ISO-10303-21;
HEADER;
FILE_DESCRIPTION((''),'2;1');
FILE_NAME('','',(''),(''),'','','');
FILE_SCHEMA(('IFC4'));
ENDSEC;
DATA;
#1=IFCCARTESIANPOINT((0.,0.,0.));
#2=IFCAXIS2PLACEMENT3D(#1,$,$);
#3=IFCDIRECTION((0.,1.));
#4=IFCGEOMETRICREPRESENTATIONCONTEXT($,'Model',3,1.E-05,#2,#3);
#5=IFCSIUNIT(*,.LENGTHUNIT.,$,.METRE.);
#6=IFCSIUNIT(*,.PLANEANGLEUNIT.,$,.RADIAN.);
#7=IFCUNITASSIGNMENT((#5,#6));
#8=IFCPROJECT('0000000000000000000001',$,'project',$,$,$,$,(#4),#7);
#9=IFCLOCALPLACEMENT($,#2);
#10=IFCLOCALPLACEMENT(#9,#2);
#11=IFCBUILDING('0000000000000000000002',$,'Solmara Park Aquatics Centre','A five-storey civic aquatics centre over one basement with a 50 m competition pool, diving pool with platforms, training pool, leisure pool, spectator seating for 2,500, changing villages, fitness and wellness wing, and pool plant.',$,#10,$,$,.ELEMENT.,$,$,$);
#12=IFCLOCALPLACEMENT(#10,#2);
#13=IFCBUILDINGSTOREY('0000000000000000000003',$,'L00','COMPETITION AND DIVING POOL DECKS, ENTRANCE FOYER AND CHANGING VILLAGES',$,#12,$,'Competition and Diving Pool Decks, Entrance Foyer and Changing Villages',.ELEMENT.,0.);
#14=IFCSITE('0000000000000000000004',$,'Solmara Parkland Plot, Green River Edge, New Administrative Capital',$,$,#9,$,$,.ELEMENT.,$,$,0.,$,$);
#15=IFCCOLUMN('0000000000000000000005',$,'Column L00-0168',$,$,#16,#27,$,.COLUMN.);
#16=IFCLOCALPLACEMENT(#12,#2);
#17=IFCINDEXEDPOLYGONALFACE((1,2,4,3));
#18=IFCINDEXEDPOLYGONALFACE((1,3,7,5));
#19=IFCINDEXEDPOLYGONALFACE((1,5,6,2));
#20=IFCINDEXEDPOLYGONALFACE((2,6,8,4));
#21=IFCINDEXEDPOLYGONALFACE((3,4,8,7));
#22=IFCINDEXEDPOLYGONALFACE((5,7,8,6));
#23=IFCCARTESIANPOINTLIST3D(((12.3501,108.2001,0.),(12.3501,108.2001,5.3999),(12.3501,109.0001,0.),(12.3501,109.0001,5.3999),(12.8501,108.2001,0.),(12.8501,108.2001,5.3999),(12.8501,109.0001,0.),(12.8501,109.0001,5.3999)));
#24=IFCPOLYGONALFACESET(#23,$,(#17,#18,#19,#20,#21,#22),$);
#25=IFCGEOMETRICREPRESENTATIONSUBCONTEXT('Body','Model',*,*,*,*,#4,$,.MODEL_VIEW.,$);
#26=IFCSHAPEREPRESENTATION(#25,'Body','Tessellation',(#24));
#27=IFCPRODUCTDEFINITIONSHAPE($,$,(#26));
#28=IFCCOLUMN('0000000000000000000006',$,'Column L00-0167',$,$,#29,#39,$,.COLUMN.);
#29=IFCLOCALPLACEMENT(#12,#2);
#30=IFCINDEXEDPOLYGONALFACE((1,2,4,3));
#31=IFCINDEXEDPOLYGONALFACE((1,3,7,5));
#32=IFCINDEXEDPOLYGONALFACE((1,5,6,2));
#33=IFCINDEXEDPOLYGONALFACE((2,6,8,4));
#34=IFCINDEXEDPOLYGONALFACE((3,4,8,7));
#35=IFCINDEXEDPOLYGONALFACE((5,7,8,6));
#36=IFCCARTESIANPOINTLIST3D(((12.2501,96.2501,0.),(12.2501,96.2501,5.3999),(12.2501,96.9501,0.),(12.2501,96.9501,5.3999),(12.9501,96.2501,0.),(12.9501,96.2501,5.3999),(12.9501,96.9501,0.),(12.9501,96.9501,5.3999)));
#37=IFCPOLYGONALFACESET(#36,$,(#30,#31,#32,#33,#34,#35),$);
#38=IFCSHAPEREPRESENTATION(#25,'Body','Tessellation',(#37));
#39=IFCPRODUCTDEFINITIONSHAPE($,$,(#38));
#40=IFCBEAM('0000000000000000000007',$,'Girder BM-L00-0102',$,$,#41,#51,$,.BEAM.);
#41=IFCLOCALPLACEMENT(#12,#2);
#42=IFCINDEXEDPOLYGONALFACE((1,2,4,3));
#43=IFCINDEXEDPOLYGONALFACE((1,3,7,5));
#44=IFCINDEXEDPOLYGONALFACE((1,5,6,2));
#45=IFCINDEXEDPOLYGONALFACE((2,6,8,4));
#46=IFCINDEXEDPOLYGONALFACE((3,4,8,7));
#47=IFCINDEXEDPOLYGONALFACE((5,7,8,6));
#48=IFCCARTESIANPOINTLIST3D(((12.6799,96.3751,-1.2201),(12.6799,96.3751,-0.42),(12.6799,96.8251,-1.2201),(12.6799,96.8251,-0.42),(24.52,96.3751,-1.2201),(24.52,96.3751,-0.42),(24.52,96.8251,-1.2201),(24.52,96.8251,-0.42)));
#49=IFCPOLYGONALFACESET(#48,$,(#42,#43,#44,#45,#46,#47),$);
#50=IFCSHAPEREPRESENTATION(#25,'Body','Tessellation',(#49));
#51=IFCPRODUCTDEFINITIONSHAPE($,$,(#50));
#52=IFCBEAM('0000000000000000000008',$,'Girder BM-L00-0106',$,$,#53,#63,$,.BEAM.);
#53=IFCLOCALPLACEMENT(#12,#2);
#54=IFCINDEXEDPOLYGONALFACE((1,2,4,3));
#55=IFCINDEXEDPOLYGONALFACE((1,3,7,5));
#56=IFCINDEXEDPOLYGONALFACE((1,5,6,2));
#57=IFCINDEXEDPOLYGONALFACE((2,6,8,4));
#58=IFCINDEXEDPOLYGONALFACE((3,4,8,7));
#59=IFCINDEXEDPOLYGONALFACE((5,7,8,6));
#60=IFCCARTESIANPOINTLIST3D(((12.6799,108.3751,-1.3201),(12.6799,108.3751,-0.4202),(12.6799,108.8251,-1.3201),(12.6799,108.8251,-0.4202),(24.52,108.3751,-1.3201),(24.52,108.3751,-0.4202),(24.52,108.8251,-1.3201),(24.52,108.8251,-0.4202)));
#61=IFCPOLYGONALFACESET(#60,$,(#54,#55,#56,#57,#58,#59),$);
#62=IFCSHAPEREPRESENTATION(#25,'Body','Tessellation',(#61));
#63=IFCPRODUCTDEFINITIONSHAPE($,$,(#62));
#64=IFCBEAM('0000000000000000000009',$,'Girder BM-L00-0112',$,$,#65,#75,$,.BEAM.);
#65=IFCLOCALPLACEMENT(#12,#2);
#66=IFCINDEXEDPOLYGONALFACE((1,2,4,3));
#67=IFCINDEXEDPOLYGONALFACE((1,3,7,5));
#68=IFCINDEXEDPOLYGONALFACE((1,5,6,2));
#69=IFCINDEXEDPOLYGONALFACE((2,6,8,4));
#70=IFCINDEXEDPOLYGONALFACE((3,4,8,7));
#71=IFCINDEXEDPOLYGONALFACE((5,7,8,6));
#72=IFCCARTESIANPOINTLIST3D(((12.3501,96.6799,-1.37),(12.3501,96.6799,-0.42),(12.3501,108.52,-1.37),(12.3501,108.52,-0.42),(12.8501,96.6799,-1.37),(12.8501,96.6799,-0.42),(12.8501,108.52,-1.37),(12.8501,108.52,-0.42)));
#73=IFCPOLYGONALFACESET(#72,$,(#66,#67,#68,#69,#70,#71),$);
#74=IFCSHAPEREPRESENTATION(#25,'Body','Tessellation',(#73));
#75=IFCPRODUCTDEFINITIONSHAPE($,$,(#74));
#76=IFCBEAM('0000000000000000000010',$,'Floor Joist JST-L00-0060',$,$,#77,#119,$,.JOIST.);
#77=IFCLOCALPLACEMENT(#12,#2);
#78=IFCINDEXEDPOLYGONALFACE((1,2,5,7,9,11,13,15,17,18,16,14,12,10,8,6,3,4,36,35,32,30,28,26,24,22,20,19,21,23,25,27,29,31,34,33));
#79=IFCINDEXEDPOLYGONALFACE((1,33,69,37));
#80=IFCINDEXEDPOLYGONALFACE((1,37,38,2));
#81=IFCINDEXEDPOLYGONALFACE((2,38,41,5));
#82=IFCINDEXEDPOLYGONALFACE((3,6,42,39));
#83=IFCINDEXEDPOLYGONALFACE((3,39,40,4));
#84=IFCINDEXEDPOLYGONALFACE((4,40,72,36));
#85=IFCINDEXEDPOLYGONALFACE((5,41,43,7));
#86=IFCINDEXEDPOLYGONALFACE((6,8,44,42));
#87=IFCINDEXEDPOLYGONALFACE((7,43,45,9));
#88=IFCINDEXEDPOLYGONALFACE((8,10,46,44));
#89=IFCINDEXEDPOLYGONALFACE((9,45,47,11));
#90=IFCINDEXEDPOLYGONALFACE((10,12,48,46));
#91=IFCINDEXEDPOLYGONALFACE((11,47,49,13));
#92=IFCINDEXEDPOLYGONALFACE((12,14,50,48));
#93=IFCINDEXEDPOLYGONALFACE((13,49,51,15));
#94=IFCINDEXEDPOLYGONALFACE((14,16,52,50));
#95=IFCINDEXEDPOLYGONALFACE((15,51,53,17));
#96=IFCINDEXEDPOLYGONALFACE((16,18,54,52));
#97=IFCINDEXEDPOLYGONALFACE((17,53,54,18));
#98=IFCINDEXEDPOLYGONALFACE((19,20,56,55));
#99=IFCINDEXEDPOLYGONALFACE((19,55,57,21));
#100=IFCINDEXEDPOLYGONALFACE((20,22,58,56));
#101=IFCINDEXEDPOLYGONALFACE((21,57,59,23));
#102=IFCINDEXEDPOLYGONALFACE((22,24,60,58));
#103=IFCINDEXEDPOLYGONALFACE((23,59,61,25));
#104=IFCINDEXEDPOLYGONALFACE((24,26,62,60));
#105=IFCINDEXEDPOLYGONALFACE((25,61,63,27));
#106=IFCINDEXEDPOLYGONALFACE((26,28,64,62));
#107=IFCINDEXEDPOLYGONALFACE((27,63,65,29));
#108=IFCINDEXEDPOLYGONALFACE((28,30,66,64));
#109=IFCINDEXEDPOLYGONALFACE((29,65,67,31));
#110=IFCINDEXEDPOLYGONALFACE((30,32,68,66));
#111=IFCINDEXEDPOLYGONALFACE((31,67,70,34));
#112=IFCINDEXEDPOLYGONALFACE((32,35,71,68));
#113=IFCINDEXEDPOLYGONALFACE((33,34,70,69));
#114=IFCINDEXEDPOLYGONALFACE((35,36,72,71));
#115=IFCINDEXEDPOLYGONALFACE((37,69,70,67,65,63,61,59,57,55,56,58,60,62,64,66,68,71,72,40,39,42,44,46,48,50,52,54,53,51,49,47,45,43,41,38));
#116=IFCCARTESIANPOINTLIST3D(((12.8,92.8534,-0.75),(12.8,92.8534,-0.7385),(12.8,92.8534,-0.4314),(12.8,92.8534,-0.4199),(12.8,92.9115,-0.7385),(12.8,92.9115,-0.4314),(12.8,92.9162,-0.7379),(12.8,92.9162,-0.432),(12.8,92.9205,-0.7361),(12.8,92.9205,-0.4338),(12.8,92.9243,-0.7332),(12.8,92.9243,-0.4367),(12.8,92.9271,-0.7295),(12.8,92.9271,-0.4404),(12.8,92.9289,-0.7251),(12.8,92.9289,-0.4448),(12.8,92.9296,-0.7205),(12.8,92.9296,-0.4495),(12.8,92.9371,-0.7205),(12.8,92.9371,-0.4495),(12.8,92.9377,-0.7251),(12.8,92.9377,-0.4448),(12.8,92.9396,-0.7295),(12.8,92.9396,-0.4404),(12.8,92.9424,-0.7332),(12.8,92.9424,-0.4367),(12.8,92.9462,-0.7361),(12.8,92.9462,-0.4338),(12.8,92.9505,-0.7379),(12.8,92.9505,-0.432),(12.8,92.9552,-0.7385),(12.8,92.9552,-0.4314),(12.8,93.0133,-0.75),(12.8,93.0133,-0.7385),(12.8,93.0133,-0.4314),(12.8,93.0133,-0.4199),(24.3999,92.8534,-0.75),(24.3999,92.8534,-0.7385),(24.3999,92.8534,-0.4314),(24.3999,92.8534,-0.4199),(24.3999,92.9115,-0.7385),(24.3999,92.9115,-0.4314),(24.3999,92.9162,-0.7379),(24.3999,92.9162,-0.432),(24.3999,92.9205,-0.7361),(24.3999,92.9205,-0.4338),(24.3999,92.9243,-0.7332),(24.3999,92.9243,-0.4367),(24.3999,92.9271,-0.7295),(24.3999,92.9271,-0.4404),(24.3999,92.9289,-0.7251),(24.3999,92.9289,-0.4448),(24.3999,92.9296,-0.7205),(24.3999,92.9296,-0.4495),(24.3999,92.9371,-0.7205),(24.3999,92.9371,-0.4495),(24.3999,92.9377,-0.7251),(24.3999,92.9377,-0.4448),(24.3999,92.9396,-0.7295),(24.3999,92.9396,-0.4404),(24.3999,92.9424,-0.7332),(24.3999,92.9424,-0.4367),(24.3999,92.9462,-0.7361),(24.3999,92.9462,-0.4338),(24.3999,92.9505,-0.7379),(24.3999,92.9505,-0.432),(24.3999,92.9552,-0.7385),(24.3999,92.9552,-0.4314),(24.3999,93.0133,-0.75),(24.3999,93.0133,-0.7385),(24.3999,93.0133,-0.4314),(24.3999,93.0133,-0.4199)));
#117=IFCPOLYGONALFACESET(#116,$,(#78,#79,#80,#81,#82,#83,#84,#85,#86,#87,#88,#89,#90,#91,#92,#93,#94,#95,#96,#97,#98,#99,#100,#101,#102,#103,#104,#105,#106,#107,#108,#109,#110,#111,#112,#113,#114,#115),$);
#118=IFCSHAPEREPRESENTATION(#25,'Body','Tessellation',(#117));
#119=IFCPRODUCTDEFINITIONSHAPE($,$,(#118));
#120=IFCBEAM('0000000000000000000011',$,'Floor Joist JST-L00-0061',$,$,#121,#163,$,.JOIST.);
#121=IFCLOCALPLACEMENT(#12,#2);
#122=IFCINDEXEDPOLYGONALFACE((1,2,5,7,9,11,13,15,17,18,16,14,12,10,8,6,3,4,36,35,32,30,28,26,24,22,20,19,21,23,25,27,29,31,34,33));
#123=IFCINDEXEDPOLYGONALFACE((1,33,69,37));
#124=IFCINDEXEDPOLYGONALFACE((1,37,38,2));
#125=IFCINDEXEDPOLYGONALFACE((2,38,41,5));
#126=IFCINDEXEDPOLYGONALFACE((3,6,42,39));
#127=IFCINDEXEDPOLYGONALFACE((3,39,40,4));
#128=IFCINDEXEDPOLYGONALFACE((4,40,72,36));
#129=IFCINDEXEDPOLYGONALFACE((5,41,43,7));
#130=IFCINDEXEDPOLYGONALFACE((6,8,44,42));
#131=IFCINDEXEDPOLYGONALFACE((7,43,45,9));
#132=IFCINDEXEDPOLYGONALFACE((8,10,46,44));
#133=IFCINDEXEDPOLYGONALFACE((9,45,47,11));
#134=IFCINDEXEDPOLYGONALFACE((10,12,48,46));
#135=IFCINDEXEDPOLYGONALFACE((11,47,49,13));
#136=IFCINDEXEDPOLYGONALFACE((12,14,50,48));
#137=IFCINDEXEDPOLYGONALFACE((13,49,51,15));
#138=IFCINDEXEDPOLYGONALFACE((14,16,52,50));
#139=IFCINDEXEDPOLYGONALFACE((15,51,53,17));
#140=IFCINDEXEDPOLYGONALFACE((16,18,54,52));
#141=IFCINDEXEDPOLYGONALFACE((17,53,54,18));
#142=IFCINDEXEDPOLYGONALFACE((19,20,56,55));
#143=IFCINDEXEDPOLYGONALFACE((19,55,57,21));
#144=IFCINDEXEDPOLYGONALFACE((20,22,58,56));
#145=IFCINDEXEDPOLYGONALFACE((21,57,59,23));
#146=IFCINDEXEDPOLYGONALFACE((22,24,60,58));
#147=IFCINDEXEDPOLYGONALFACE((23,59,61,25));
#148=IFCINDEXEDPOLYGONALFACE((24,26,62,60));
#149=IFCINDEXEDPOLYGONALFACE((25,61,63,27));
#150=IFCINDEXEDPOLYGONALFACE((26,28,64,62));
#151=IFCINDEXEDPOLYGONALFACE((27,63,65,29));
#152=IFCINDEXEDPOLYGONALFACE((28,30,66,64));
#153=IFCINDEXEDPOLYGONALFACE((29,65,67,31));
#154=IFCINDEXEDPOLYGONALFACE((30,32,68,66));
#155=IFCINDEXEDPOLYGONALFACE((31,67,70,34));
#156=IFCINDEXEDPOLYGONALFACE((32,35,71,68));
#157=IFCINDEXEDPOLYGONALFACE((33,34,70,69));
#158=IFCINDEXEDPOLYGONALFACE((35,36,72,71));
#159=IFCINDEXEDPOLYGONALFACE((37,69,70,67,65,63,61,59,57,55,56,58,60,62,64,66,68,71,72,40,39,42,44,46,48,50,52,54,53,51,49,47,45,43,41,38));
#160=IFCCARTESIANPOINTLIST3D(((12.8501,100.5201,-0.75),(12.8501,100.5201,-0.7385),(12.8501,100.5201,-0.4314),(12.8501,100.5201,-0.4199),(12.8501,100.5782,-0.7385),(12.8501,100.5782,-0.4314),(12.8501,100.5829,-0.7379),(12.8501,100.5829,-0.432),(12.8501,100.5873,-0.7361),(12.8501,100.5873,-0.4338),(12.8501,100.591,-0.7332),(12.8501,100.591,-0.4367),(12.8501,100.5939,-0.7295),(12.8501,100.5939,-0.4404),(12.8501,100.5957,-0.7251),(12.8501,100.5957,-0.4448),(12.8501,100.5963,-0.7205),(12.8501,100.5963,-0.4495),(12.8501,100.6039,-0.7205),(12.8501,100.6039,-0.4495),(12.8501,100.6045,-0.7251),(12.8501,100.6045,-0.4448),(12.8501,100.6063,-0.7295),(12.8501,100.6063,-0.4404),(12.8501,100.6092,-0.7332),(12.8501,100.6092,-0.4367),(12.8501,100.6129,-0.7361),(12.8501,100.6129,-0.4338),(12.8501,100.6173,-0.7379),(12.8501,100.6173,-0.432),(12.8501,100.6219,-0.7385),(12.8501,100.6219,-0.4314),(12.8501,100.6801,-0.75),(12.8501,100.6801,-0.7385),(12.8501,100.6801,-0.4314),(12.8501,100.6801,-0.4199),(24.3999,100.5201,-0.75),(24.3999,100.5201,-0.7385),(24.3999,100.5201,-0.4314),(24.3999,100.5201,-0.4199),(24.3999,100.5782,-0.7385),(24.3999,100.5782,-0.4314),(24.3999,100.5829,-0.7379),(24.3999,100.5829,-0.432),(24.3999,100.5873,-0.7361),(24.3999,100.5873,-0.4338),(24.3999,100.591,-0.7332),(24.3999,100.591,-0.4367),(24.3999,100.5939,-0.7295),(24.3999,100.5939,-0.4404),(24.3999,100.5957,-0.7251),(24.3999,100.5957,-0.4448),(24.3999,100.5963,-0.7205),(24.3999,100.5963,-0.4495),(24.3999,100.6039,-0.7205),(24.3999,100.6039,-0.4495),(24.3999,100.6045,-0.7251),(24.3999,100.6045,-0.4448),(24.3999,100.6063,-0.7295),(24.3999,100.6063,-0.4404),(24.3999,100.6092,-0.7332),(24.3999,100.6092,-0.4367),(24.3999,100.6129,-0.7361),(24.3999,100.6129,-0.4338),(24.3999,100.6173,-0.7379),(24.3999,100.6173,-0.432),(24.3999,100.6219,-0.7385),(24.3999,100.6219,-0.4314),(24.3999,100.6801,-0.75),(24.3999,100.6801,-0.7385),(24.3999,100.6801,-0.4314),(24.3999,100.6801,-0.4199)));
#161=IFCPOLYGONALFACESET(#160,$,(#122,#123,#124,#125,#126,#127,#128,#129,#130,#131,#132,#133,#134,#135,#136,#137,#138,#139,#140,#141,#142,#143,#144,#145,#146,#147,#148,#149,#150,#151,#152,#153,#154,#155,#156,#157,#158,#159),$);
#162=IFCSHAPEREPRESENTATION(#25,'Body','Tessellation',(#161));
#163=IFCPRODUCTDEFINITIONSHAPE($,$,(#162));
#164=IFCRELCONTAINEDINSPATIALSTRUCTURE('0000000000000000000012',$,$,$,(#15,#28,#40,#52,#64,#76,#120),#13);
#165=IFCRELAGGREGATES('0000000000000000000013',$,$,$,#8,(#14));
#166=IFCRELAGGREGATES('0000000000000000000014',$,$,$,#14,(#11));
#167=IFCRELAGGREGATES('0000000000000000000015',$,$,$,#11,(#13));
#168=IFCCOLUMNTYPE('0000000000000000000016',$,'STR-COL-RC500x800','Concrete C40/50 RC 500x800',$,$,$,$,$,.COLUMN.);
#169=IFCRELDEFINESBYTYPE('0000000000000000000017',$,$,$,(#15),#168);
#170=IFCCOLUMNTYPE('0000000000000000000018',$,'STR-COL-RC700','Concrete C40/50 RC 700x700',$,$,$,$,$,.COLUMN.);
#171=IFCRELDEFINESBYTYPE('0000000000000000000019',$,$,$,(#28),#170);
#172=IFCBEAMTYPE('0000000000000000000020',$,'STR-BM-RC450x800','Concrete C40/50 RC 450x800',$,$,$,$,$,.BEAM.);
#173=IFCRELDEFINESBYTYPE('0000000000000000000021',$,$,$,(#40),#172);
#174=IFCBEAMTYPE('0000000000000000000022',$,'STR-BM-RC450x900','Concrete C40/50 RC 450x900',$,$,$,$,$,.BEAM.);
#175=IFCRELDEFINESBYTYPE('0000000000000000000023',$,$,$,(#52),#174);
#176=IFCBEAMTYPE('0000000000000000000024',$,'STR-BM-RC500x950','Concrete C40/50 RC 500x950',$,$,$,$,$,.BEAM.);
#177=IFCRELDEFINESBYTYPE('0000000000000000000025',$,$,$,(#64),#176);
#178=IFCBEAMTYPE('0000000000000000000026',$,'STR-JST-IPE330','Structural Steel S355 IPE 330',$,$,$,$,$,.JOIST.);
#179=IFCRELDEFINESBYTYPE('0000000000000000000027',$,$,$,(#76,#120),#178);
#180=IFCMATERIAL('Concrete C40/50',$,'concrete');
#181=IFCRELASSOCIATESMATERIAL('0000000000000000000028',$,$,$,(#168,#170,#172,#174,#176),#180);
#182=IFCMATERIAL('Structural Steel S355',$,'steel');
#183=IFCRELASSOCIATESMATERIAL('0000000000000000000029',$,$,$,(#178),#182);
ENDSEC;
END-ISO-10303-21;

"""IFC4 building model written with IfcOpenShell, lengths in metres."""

from ifc_helpers import new_model, si_unit, direction, frame, origin, origin_2d, place, context, subcontext, project, spatial, rectangle, i_section, extrude, material, material_profile, profile_set, type_object, element, save


model = new_model("IFC4")

# Units and contexts
model_context = context("Model", 3, precision=1e-05, world=origin(), true_north=direction((0.0, 1.0)))
body_context = subcontext(model_context, "Body", "Model", "MODEL_VIEW")
ifc_project = project(units=[si_unit("LENGTHUNIT", "METRE"), si_unit("PLANEANGLEUNIT", "RADIAN")], contexts=[model_context])

# Site, building, storey
site_placement = place(None, origin())
site = spatial("IfcSite", under=ifc_project, at=site_placement, Name="Solmara Parkland Plot, Green River Edge, New Administrative Capital", CompositionType="ELEMENT", RefElevation=0.0)
building_placement = place(site_placement, origin())
building = spatial("IfcBuilding", under=site, at=building_placement, Name="Solmara Park Aquatics Centre", Description="A five-storey civic aquatics centre over one basement with a 50 m competition pool, diving pool with platforms, training pool, leisure pool, spectator seating for 2,500, changing villages, fitness and wellness wing, and pool plant.", CompositionType="ELEMENT")
storey_placement = place(building_placement, origin())
storey = spatial("IfcBuildingStorey", under=building, at=storey_placement, Name="L00", Description="COMPETITION AND DIVING POOL DECKS, ENTRANCE FOYER AND CHANGING VILLAGES", LongName="Competition and Diving Pool Decks, Entrance Foyer and Changing Villages", CompositionType="ELEMENT", Elevation=0.0)

# Columns
ifc_material_1 = material(Name="Concrete C40/50", Category="concrete")
ifc_material_profile_1 = material_profile(ifc_material_1, rectangle(XDim=0.5, YDim=0.8, at=origin_2d()), Name="RC 500x800")
ifc_profile_set_1 = profile_set([ifc_material_profile_1], Name="Concrete C40/50")
column_type_1 = type_object("IfcColumnType", Name="STR-COL-RC500x800", Description="Concrete C40/50 RC 500x800", PredefinedType="COLUMN", material=ifc_profile_set_1)
column_1_placement = place(storey_placement, frame((12.6001, 108.6001, 0.0), z_axis=(0.0, 0.0, 1.0), x_axis=(1.0, 0.0, 0.0)))
element("IfcColumn", 1, at=column_1_placement, inside=storey, type_object=column_type_1, Name="Column L00-0168", PredefinedType="COLUMN", context=body_context, shape_type="SweptSolid", body=[
    extrude(rectangle(XDim=0.5, YDim=0.8, at=origin_2d()), origin(), (0.0, 0.0, 1.0), 5.3999),
])
ifc_material_profile_2 = material_profile(ifc_material_1, rectangle(XDim=0.7, YDim=0.7, at=origin_2d()), Name="RC 700x700")
ifc_profile_set_2 = profile_set([ifc_material_profile_2], Name="Concrete C40/50")
column_type_2 = type_object("IfcColumnType", Name="STR-COL-RC700", Description="Concrete C40/50 RC 700x700", PredefinedType="COLUMN", material=ifc_profile_set_2)
column_2_placement = place(storey_placement, frame((12.6001, 96.6001, 0.0), z_axis=(0.0, 0.0, 1.0), x_axis=(1.0, 0.0, 0.0)))
element("IfcColumn", 2, at=column_2_placement, inside=storey, type_object=column_type_2, Name="Column L00-0167", PredefinedType="COLUMN", context=body_context, shape_type="SweptSolid", body=[
    extrude(rectangle(XDim=0.7, YDim=0.7, at=origin_2d()), origin(), (0.0, 0.0, 1.0), 5.3999),
])

# Beams
ifc_material_profile_3 = material_profile(ifc_material_1, rectangle(XDim=0.45, YDim=0.8, at=origin_2d()), Name="RC 450x800")
ifc_profile_set_3 = profile_set([ifc_material_profile_3], Name="Concrete C40/50")
beam_type_1 = type_object("IfcBeamType", Name="STR-BM-RC450x800", Description="Concrete C40/50 RC 450x800", PredefinedType="BEAM", material=ifc_profile_set_3)
beam_1_placement = place(storey_placement, frame((12.6799, 96.6001, -0.8201), z_axis=(1.0, 0.0, 0.0), x_axis=(0.0, 1.0, 0.0)))
element("IfcBeam", 3, at=beam_1_placement, inside=storey, type_object=beam_type_1, Name="Girder BM-L00-0102", PredefinedType="BEAM", context=body_context, shape_type="SweptSolid", body=[
    extrude(rectangle(XDim=0.45, YDim=0.8, at=origin_2d()), origin(), (0.0, 0.0, 1.0), 11.8401),
])
ifc_material_profile_4 = material_profile(ifc_material_1, rectangle(XDim=0.45, YDim=0.8999, at=origin_2d()), Name="RC 450x900")
ifc_profile_set_4 = profile_set([ifc_material_profile_4], Name="Concrete C40/50")
beam_type_2 = type_object("IfcBeamType", Name="STR-BM-RC450x900", Description="Concrete C40/50 RC 450x900", PredefinedType="BEAM", material=ifc_profile_set_4)
beam_2_placement = place(storey_placement, frame((12.6799, 108.6001, -0.8701), z_axis=(1.0, 0.0, 0.0), x_axis=(0.0, 1.0, 0.0)))
element("IfcBeam", 4, at=beam_2_placement, inside=storey, type_object=beam_type_2, Name="Girder BM-L00-0106", PredefinedType="BEAM", context=body_context, shape_type="SweptSolid", body=[
    extrude(rectangle(XDim=0.45, YDim=0.8999, at=origin_2d()), origin(), (0.0, 0.0, 1.0), 11.8401),
])
ifc_material_profile_5 = material_profile(ifc_material_1, rectangle(XDim=0.5, YDim=0.95, at=origin_2d()), Name="RC 500x950")
ifc_profile_set_5 = profile_set([ifc_material_profile_5], Name="Concrete C40/50")
beam_type_3 = type_object("IfcBeamType", Name="STR-BM-RC500x950", Description="Concrete C40/50 RC 500x950", PredefinedType="BEAM", material=ifc_profile_set_5)
beam_3_placement = place(storey_placement, frame((12.6001, 96.6799, -0.895), z_axis=(0.0, 1.0, 0.0), x_axis=(-1.0, 0.0, 0.0)))
element("IfcBeam", 5, at=beam_3_placement, inside=storey, type_object=beam_type_3, Name="Girder BM-L00-0112", PredefinedType="BEAM", context=body_context, shape_type="SweptSolid", body=[
    extrude(rectangle(XDim=0.5, YDim=0.95, at=origin_2d()), origin(), (0.0, 0.0, 1.0), 11.8401),
])
ifc_material_2 = material(Name="Structural Steel S355", Category="steel")
ifc_material_profile_6 = material_profile(ifc_material_2, i_section(OverallWidth=0.1599, OverallDepth=0.3301, WebThickness=0.0076, FlangeThickness=0.0115, FilletRadius=0.0181, at=origin_2d()), Name="IPE 330")
ifc_profile_set_6 = profile_set([ifc_material_profile_6], Name="Structural Steel S355")
beam_type_4 = type_object("IfcBeamType", Name="STR-JST-IPE330", Description="Structural Steel S355 IPE 330", PredefinedType="JOIST", material=ifc_profile_set_6)
beam_4_placement = place(storey_placement, frame((12.8, 92.9333, -0.585), z_axis=(1.0, 0.0, 0.0), x_axis=(0.0, 1.0, 0.0)))
element("IfcBeam", 6, at=beam_4_placement, inside=storey, type_object=beam_type_4, Name="Floor Joist JST-L00-0060", PredefinedType="JOIST", context=body_context, shape_type="SweptSolid", body=[
    extrude(i_section(OverallWidth=0.1599, OverallDepth=0.3301, WebThickness=0.0076, FlangeThickness=0.0115, FilletRadius=0.0181, at=origin_2d()), origin(), (0.0, 0.0, 1.0), 11.5999),
])
for number, where, z_axis, x_axis, name in (
    (7, (12.8501, 100.6001, -0.585), (1.0, 0.0, 0.0), (0.0, 1.0, 0.0), "Floor Joist JST-L00-0061"),
):
    element("IfcBeam", number, at=place(storey_placement, frame(where, z_axis=z_axis, x_axis=x_axis)), inside=storey, type_object=beam_type_4, Name=name, PredefinedType="JOIST", context=body_context, shape_type="SweptSolid", body=[
        extrude(i_section(OverallWidth=0.1599, OverallDepth=0.3301, WebThickness=0.0076, FlangeThickness=0.0115, FilletRadius=0.0181, at=origin_2d()), origin(), (0.0, 0.0, 1.0), 11.5498),
    ])

save(model, "model.ifc")
